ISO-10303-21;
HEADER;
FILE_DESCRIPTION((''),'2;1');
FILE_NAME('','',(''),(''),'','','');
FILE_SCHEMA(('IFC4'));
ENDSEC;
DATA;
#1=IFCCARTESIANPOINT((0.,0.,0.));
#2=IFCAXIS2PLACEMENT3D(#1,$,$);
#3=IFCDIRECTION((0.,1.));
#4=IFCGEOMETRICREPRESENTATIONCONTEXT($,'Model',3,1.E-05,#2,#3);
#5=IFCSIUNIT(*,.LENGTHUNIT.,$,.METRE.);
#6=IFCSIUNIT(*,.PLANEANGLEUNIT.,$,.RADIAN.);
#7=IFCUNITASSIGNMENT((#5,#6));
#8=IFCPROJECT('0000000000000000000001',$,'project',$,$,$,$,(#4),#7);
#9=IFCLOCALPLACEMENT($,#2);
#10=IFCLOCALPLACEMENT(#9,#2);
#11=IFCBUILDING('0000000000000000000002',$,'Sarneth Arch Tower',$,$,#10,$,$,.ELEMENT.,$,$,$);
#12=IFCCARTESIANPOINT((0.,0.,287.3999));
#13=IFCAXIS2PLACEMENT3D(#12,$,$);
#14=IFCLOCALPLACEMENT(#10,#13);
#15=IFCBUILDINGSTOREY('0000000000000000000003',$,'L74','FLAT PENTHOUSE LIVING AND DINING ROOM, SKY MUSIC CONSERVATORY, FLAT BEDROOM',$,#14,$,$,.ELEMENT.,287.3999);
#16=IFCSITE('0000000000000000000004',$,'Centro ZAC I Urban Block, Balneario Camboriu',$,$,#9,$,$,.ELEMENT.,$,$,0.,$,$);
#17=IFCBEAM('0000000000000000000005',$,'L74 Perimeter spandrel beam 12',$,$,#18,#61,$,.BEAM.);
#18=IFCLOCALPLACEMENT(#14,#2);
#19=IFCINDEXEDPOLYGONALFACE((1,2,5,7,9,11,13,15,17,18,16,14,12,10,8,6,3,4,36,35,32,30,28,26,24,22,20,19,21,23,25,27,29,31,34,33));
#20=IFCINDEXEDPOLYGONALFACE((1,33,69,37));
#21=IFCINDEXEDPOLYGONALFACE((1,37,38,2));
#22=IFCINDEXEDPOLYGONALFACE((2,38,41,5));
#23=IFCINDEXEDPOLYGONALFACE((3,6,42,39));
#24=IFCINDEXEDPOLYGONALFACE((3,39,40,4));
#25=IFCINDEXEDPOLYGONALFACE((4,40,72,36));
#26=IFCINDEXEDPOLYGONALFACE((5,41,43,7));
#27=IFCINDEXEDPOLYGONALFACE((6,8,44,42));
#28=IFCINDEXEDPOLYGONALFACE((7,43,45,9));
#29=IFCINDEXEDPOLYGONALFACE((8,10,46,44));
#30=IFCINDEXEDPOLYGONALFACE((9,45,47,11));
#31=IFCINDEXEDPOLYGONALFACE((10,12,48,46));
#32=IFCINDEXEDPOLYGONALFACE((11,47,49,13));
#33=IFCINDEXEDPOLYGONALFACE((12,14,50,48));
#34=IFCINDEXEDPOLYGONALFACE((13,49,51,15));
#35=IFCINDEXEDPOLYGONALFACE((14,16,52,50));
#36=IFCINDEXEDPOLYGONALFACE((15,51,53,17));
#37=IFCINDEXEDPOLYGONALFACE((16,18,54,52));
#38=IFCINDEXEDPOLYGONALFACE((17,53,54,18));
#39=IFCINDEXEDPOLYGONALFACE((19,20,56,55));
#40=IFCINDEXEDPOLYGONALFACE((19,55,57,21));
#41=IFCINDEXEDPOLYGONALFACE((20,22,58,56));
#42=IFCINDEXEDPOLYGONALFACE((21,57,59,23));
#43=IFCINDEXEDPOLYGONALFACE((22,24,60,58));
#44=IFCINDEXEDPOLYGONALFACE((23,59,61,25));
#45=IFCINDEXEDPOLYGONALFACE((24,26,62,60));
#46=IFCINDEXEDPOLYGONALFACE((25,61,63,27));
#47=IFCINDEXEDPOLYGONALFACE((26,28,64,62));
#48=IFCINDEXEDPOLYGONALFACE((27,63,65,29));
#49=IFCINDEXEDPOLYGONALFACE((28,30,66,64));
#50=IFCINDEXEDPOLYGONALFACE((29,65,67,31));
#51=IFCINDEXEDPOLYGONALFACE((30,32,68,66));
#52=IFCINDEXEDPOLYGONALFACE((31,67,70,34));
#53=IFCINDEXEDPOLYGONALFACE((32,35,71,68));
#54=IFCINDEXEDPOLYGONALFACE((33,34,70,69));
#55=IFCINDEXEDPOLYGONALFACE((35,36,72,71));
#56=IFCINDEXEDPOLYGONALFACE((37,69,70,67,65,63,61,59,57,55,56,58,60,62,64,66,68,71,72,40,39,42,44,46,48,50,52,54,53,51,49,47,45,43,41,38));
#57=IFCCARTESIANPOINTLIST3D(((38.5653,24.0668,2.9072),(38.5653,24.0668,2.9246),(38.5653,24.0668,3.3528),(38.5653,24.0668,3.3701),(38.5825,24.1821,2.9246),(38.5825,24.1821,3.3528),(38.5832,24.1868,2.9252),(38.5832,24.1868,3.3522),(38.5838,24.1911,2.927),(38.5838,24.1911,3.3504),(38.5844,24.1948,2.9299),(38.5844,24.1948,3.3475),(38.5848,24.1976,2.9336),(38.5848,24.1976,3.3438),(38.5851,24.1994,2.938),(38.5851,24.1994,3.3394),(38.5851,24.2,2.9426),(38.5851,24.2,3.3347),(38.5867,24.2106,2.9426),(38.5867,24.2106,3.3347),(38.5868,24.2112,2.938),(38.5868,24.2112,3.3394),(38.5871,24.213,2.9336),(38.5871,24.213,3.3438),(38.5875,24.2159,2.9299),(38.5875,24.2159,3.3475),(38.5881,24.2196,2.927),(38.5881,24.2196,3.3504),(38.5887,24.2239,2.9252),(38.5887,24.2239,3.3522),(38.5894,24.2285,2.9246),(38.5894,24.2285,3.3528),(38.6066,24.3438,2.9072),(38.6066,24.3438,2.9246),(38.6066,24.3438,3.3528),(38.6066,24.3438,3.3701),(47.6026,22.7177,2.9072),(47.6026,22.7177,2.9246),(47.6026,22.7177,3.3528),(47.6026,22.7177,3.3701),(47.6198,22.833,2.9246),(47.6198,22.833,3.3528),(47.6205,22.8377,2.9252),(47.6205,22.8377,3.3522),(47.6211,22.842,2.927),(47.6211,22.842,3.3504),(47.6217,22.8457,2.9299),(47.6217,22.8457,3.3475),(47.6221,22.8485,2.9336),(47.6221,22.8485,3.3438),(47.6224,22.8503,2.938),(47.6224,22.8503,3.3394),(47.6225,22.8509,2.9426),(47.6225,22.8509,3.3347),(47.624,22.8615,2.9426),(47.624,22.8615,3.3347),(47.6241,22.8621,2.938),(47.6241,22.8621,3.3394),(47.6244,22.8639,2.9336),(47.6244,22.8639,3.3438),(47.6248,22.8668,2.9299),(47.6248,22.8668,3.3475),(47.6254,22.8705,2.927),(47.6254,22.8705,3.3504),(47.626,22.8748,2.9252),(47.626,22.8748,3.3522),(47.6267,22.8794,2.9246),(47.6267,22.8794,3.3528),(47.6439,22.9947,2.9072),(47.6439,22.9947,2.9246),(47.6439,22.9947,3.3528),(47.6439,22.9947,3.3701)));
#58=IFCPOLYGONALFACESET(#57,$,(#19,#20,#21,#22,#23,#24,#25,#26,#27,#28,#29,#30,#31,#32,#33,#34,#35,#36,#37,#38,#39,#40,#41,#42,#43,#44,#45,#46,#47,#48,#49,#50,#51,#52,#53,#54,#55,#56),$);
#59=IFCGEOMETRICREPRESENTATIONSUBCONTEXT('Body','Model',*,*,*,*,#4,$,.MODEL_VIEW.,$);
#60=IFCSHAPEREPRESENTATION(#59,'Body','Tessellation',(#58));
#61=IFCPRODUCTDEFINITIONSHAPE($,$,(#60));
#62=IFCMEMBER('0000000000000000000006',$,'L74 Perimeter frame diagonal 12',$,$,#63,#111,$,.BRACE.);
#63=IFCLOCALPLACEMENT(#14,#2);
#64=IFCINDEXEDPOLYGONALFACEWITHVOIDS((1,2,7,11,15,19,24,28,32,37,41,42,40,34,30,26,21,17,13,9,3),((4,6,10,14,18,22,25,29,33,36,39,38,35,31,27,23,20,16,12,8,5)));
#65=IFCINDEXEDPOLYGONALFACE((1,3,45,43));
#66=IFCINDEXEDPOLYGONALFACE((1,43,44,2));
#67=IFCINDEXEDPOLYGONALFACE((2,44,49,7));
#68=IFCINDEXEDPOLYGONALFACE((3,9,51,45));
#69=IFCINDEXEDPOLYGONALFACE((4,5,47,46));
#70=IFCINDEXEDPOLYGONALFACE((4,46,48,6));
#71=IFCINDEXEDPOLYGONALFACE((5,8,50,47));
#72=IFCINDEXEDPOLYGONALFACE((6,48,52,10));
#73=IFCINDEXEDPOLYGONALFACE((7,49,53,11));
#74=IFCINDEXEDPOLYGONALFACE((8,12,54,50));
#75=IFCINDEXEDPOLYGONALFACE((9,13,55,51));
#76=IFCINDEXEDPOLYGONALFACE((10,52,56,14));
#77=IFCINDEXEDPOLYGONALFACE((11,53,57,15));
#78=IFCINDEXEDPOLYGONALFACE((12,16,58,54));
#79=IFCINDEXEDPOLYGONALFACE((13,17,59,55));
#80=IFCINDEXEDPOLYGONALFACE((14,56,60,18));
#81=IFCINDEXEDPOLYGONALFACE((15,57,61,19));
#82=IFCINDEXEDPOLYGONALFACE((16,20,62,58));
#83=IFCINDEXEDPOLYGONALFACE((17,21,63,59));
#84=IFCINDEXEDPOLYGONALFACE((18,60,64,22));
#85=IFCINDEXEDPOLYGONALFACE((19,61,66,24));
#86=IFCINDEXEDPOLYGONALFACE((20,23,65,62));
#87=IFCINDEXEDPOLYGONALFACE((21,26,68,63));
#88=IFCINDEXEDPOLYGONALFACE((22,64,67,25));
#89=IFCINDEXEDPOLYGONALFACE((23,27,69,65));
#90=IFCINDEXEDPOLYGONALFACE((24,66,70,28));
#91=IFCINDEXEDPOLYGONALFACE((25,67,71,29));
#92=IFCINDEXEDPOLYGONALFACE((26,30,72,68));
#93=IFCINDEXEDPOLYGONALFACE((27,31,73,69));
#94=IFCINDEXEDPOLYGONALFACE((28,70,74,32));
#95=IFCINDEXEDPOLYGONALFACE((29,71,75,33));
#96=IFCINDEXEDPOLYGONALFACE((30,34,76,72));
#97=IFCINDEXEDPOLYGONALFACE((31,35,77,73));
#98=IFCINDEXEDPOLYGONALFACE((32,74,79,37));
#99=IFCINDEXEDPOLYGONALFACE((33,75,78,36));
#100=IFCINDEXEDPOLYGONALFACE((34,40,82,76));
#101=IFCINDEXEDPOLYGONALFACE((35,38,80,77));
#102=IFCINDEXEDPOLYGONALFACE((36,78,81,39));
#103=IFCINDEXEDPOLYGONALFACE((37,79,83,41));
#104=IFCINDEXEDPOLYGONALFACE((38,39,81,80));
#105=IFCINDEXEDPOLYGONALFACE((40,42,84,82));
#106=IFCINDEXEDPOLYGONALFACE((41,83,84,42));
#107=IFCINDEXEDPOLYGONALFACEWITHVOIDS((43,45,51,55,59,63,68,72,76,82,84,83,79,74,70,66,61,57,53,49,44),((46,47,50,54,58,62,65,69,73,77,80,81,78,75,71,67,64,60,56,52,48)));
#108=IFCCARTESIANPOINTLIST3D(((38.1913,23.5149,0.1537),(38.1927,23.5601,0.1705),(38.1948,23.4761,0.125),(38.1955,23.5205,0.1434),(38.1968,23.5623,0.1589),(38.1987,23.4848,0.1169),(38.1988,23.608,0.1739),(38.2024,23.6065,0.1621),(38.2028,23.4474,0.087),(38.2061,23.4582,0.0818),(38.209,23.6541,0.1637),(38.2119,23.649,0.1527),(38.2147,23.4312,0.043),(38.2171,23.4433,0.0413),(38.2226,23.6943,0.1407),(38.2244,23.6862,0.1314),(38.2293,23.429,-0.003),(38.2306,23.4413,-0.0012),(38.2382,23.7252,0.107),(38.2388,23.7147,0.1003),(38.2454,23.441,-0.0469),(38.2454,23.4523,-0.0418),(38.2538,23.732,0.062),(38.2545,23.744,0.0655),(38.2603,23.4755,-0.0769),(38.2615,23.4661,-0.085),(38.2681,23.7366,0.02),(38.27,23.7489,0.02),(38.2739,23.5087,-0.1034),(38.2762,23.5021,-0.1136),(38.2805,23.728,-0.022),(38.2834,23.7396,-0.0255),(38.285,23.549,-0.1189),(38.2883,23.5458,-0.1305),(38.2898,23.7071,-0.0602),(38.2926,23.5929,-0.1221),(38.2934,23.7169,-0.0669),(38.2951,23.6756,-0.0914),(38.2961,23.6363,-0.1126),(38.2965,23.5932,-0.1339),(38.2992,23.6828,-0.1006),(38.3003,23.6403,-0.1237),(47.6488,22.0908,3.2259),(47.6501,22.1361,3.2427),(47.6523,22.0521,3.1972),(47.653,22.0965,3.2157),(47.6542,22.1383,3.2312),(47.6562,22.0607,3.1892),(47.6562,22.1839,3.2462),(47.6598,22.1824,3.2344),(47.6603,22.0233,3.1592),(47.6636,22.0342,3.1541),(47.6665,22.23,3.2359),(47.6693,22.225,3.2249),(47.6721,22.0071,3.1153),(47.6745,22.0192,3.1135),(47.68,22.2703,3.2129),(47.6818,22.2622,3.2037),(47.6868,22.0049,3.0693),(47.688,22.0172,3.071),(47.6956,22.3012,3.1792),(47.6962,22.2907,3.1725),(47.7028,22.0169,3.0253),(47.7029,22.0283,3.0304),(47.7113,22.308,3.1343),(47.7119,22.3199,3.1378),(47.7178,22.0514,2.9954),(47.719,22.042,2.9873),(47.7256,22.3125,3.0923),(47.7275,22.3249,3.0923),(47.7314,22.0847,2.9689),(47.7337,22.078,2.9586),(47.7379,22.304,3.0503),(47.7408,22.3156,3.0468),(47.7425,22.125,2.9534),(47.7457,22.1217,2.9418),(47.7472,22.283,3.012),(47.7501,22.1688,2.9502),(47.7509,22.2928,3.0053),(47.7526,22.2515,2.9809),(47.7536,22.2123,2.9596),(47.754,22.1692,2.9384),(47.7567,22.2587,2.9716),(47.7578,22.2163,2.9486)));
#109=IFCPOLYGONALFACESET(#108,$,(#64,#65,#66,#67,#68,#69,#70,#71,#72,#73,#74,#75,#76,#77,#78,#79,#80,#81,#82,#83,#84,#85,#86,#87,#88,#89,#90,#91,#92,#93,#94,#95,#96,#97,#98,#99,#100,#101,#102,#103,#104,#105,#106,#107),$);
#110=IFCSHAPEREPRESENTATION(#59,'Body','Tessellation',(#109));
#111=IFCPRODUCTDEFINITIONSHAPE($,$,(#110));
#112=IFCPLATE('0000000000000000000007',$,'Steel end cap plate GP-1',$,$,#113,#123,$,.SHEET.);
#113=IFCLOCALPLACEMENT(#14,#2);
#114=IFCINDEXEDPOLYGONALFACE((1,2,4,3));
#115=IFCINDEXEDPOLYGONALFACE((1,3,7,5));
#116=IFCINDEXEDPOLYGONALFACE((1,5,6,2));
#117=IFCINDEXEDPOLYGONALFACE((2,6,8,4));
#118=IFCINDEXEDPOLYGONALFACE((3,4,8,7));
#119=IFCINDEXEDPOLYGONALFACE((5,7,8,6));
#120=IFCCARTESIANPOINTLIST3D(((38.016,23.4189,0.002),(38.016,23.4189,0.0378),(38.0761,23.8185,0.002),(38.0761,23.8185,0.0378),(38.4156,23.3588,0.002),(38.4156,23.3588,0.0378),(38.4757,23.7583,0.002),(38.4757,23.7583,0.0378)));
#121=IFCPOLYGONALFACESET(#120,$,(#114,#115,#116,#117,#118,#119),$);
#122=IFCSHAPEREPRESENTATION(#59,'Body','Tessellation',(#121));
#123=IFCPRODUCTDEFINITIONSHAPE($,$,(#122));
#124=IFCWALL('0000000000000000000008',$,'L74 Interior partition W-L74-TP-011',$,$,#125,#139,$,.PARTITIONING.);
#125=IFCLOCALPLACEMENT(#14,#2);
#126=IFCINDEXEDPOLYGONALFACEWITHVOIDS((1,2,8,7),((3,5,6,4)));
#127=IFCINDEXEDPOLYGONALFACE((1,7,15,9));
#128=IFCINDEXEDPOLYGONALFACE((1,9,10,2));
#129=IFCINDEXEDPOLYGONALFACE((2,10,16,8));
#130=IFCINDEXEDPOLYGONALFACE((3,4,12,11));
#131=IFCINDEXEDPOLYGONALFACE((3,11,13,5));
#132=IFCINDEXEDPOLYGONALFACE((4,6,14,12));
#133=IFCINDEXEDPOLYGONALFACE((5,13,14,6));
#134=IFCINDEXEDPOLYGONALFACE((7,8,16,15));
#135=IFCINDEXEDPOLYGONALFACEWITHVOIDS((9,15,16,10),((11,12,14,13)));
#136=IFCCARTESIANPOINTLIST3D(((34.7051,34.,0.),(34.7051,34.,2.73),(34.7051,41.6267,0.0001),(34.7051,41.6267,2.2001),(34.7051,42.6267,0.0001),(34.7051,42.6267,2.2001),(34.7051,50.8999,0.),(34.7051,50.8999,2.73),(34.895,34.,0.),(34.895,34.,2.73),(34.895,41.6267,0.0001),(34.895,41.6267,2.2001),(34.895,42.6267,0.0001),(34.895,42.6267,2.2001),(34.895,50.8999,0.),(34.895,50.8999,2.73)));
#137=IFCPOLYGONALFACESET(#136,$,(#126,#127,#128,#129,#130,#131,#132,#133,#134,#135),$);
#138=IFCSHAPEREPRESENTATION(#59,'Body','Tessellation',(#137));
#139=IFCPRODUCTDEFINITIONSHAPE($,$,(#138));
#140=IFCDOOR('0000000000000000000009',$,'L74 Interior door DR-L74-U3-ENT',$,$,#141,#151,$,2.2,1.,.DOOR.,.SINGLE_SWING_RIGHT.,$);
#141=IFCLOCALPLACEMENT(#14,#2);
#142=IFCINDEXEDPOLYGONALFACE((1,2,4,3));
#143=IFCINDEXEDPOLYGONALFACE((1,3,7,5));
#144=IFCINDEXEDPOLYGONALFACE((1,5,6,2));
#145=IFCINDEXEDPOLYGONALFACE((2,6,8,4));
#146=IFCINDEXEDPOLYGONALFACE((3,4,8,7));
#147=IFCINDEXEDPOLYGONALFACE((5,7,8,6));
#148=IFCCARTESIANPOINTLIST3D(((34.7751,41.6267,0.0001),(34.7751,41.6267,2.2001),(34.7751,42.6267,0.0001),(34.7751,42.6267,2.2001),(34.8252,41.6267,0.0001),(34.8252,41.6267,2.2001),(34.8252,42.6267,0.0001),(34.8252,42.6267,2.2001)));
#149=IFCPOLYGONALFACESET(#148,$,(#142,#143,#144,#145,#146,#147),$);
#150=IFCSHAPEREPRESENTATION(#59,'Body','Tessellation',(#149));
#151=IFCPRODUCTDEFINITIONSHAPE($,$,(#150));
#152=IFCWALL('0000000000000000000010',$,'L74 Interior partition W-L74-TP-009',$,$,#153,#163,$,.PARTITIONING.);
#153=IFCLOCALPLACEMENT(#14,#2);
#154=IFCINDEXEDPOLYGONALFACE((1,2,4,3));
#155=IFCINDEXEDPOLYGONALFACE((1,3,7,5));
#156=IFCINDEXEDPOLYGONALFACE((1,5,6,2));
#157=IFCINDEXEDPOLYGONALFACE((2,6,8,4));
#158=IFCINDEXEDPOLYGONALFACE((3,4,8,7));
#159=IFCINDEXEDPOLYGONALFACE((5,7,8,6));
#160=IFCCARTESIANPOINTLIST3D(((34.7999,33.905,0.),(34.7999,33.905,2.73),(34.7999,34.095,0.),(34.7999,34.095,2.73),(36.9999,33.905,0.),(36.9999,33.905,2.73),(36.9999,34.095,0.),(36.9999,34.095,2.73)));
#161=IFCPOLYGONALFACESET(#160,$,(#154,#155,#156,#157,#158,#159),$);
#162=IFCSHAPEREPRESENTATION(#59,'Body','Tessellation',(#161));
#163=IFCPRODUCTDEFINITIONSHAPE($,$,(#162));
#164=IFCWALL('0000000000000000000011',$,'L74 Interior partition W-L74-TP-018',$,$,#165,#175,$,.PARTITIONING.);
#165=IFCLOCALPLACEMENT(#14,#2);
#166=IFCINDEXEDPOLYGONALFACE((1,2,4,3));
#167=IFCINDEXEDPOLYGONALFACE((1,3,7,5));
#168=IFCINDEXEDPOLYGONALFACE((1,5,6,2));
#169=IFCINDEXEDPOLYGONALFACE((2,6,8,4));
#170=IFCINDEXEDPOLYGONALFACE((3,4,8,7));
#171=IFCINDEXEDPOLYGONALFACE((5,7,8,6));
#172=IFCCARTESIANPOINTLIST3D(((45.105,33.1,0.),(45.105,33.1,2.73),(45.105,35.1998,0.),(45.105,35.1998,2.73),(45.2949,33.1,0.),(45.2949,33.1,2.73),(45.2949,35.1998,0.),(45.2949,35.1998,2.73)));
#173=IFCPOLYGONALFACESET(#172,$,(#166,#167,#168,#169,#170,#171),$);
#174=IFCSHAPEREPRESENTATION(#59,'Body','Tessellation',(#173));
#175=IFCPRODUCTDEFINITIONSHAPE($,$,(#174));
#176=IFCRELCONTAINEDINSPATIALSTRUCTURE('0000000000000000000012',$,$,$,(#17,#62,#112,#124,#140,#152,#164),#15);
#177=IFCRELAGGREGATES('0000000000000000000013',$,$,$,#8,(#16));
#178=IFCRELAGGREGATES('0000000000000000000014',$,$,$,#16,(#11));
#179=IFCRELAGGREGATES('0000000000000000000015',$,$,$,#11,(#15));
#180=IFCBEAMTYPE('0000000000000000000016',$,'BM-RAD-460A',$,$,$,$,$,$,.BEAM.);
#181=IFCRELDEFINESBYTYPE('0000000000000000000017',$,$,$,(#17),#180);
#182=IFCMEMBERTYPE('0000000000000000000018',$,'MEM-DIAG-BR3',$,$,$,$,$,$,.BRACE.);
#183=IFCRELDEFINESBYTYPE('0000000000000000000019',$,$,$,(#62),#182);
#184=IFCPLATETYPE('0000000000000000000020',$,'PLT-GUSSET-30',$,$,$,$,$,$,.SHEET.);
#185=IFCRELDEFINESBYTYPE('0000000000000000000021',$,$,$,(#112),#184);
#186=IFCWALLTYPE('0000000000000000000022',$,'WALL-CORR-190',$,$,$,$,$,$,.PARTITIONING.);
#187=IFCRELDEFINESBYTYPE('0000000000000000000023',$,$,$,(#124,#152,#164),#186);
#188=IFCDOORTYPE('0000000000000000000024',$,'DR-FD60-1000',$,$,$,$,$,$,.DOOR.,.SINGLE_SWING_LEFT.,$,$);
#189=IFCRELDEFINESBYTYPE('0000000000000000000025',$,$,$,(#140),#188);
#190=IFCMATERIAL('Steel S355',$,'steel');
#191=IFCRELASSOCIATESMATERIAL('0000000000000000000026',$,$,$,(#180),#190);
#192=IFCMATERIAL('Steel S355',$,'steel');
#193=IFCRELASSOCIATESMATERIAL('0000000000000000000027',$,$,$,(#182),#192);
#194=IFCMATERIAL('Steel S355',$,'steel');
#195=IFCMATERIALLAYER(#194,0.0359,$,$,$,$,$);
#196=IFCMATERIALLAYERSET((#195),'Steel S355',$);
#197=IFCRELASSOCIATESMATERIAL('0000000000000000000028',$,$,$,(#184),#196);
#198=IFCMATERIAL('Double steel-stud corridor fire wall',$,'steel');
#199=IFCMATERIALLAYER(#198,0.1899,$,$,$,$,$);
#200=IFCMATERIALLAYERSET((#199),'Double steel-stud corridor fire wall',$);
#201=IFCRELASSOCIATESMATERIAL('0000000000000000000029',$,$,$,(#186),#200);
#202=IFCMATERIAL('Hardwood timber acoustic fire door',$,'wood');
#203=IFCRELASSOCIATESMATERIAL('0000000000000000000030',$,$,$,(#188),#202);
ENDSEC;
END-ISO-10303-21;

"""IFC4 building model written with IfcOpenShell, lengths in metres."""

from ifc_helpers import new_model, si_unit, direction, frame, frame_2d, origin, origin_2d, place, context, subcontext, project, spatial, rectangle, hollow_circle, i_section, extrude, material, layer, layer_set, material_profile, profile_set, type_object, element, fill, save


model = new_model("IFC4")

# Units and contexts
model_context = context("Model", 3, precision=1e-05, world=origin(), true_north=direction((0.0, 1.0)))
body_context = subcontext(model_context, "Body", "Model", "MODEL_VIEW")
ifc_project = project(units=[si_unit("LENGTHUNIT", "METRE"), si_unit("PLANEANGLEUNIT", "RADIAN")], contexts=[model_context])

# Site, building, storey
site_placement = place(None, origin())
site = spatial("IfcSite", under=ifc_project, at=site_placement, Name="Centro ZAC I Urban Block, Balneario Camboriu", CompositionType="ELEMENT", RefElevation=0.0)
building_placement = place(site_placement, origin())
building = spatial("IfcBuilding", under=site, at=building_placement, Name="Sarneth Arch Tower", CompositionType="ELEMENT")
storey_placement = place(building_placement, frame((0.0, 0.0, 287.3999)))
storey = spatial("IfcBuildingStorey", under=building, at=storey_placement, Name="L74", Description="FLAT PENTHOUSE LIVING AND DINING ROOM, SKY MUSIC CONSERVATORY, FLAT BEDROOM", CompositionType="ELEMENT", Elevation=287.3999)

# Beam
ifc_material_1 = material(Name="Steel S355", Category="steel")
ifc_material_profile_1 = material_profile(ifc_material_1, i_section(OverallWidth=0.28, OverallDepth=0.4629, WebThickness=0.0107, FlangeThickness=0.0173, FilletRadius=0.0181, at=origin_2d()), Name="W460x113")
ifc_profile_set_1 = profile_set([ifc_material_profile_1], Name="Steel S355")
beam_type_1 = type_object("IfcBeamType", Name="BM-RAD-460A", PredefinedType="BEAM", material=ifc_profile_set_1)
beam_1_placement = place(storey_placement, frame((38.5859, 24.2053, 3.1387), z_axis=(0.98904, -0.147647, 0.0), x_axis=(0.147647, 0.98904, 0.0)))
element("IfcBeam", 1, at=beam_1_placement, inside=storey, type_object=beam_type_1, Name="L74 Perimeter spandrel beam 12", PredefinedType="BEAM", context=body_context, shape_type="SweptSolid", body=[
    extrude(i_section(OverallWidth=0.28, OverallDepth=0.4629, WebThickness=0.0107, FlangeThickness=0.0173, FilletRadius=0.0181, at=origin_2d()), origin(), (0.0, 0.0, 1.0), 9.1375),
])

# Member
ifc_material_2 = material(Name="Steel S355", Category="steel")
ifc_material_profile_2 = material_profile(ifc_material_2, hollow_circle(Radius=0.1621, WallThickness=0.0125, at=origin_2d()), Name="CHS324x12.5")
ifc_profile_set_2 = profile_set([ifc_material_profile_2], Name="Steel S355")
member_type = type_object("IfcMemberType", Name="MEM-DIAG-BR3", PredefinedType="BRACE", material=ifc_profile_set_2)
member_placement = place(storey_placement, frame((38.2458, 23.5886, 0.02), z_axis=(0.941471, -0.141763, 0.305836), x_axis=(0.148897, 0.988853, 0.0)))
element("IfcMember", 2, at=member_placement, inside=storey, type_object=member_type, Name="L74 Perimeter frame diagonal 12", PredefinedType="BRACE", context=body_context, shape_type="SweptSolid", body=[
    extrude(hollow_circle(Radius=0.1621, WallThickness=0.0125, at=origin_2d()), origin(), (0.0, 0.0, 1.0), 10.0454),
])

# Plate
ifc_material_3 = material(Name="Steel S355", Category="steel")
ifc_layer_1 = layer(ifc_material_3, 0.0359)
ifc_layer_set_1 = layer_set([ifc_layer_1], Name="Steel S355")
plate_type = type_object("IfcPlateType", Name="PLT-GUSSET-30", PredefinedType="SHEET", material=ifc_layer_set_1)
plate_placement = place(storey_placement, frame((38.2458, 23.5886, 0.002), z_axis=(0.0, 0.0, 1.0), x_axis=(0.988861, -0.148845, 0.0)))
element("IfcPlate", 3, at=plate_placement, inside=storey, type_object=plate_type, Name="Steel end cap plate GP-1", PredefinedType="SHEET", context=body_context, shape_type="SweptSolid", body=[
    extrude(rectangle(XDim=0.4041, YDim=0.4041, at=origin_2d()), origin(), (0.0, 0.0, 1.0), 0.0359),
])

# Wall, opening, door
ifc_material_4 = material(Name="Double steel-stud corridor fire wall", Category="steel")
ifc_layer_2 = layer(ifc_material_4, 0.1899)
ifc_layer_set_2 = layer_set([ifc_layer_2], Name="Double steel-stud corridor fire wall")
wall_type_1 = type_object("IfcWallType", Name="WALL-CORR-190", PredefinedType="PARTITIONING", material=ifc_layer_set_2)
wall_1_placement = place(storey_placement, frame((34.8, 34.0, 0.0), z_axis=(0.0, 0.0, 1.0), x_axis=(0.0, 1.0, 0.0)))
wall_1 = element("IfcWall", 4, at=wall_1_placement, inside=storey, type_object=wall_type_1, Name="L74 Interior partition W-L74-TP-011", PredefinedType="PARTITIONING", context=body_context, shape_type="SweptSolid", body=[
    extrude(rectangle(XDim=16.8999, YDim=0.1899, at=frame_2d((8.45, 0.0))), origin(), (0.0, 0.0, 1.0), 2.73),
])
opening_1_placement = place(wall_1_placement, frame((7.6267, 0.0, 0.0)))
opening_1 = element("IfcOpeningElement", 5, at=opening_1_placement, cuts=wall_1, PredefinedType="OPENING", context=body_context, shape_type="SweptSolid", body=[
    extrude(rectangle(XDim=1.0, YDim=2.2, at=frame_2d((0.5, 1.1001))), frame((0.0, 0.105, 0.0), z_axis=(0.0, -1.0, 0.0), x_axis=(1.0, 0.0, 0.0)), (0.0, 0.0, 1.0), 0.21),
])
ifc_material_5 = material(Name="Hardwood timber acoustic fire door", Category="wood")
door_type_1 = type_object("IfcDoorType", Name="DR-FD60-1000", OperationType="SINGLE_SWING_LEFT", PredefinedType="DOOR", material=ifc_material_5)
door_1_placement = place(opening_1_placement, origin())
door_1 = element("IfcDoor", 6, at=door_1_placement, inside=storey, type_object=door_type_1, Name="L74 Interior door DR-L74-U3-ENT", OperationType="SINGLE_SWING_RIGHT", OverallHeight=2.2, OverallWidth=1.0, PredefinedType="DOOR", context=body_context, shape_type="SweptSolid", body=[
    extrude(rectangle(XDim=1.0, YDim=2.2, at=frame_2d((0.5, 1.1001))), frame((0.0, 0.0249, 0.0), z_axis=(0.0, -1.0, 0.0), x_axis=(1.0, 0.0, 0.0)), (0.0, 0.0, 1.0), 0.05),
])
fill(opening_1, door_1)

# Walls
wall_2_placement = place(storey_placement, frame((37.0, 34.0, 0.0), z_axis=(0.0, 0.0, 1.0), x_axis=(-1.0, 0.0, 0.0)))
element("IfcWall", 7, at=wall_2_placement, inside=storey, type_object=wall_type_1, Name="L74 Interior partition W-L74-TP-009", PredefinedType="PARTITIONING", context=body_context, shape_type="SweptSolid", body=[
    extrude(rectangle(XDim=2.2, YDim=0.1899, at=frame_2d((1.1001, 0.0))), origin(), (0.0, 0.0, 1.0), 2.73),
])
wall_3_placement = place(storey_placement, frame((45.2, 33.1001, 0.0), z_axis=(0.0, 0.0, 1.0), x_axis=(0.0, 1.0, 0.0)))
element("IfcWall", 8, at=wall_3_placement, inside=storey, type_object=wall_type_1, Name="L74 Interior partition W-L74-TP-018", PredefinedType="PARTITIONING", context=body_context, shape_type="SweptSolid", body=[
    extrude(rectangle(XDim=2.0999, YDim=0.1899, at=frame_2d((1.0498, 0.0))), origin(), (0.0, 0.0, 1.0), 2.73),
])

save(model, "model.ifc")
